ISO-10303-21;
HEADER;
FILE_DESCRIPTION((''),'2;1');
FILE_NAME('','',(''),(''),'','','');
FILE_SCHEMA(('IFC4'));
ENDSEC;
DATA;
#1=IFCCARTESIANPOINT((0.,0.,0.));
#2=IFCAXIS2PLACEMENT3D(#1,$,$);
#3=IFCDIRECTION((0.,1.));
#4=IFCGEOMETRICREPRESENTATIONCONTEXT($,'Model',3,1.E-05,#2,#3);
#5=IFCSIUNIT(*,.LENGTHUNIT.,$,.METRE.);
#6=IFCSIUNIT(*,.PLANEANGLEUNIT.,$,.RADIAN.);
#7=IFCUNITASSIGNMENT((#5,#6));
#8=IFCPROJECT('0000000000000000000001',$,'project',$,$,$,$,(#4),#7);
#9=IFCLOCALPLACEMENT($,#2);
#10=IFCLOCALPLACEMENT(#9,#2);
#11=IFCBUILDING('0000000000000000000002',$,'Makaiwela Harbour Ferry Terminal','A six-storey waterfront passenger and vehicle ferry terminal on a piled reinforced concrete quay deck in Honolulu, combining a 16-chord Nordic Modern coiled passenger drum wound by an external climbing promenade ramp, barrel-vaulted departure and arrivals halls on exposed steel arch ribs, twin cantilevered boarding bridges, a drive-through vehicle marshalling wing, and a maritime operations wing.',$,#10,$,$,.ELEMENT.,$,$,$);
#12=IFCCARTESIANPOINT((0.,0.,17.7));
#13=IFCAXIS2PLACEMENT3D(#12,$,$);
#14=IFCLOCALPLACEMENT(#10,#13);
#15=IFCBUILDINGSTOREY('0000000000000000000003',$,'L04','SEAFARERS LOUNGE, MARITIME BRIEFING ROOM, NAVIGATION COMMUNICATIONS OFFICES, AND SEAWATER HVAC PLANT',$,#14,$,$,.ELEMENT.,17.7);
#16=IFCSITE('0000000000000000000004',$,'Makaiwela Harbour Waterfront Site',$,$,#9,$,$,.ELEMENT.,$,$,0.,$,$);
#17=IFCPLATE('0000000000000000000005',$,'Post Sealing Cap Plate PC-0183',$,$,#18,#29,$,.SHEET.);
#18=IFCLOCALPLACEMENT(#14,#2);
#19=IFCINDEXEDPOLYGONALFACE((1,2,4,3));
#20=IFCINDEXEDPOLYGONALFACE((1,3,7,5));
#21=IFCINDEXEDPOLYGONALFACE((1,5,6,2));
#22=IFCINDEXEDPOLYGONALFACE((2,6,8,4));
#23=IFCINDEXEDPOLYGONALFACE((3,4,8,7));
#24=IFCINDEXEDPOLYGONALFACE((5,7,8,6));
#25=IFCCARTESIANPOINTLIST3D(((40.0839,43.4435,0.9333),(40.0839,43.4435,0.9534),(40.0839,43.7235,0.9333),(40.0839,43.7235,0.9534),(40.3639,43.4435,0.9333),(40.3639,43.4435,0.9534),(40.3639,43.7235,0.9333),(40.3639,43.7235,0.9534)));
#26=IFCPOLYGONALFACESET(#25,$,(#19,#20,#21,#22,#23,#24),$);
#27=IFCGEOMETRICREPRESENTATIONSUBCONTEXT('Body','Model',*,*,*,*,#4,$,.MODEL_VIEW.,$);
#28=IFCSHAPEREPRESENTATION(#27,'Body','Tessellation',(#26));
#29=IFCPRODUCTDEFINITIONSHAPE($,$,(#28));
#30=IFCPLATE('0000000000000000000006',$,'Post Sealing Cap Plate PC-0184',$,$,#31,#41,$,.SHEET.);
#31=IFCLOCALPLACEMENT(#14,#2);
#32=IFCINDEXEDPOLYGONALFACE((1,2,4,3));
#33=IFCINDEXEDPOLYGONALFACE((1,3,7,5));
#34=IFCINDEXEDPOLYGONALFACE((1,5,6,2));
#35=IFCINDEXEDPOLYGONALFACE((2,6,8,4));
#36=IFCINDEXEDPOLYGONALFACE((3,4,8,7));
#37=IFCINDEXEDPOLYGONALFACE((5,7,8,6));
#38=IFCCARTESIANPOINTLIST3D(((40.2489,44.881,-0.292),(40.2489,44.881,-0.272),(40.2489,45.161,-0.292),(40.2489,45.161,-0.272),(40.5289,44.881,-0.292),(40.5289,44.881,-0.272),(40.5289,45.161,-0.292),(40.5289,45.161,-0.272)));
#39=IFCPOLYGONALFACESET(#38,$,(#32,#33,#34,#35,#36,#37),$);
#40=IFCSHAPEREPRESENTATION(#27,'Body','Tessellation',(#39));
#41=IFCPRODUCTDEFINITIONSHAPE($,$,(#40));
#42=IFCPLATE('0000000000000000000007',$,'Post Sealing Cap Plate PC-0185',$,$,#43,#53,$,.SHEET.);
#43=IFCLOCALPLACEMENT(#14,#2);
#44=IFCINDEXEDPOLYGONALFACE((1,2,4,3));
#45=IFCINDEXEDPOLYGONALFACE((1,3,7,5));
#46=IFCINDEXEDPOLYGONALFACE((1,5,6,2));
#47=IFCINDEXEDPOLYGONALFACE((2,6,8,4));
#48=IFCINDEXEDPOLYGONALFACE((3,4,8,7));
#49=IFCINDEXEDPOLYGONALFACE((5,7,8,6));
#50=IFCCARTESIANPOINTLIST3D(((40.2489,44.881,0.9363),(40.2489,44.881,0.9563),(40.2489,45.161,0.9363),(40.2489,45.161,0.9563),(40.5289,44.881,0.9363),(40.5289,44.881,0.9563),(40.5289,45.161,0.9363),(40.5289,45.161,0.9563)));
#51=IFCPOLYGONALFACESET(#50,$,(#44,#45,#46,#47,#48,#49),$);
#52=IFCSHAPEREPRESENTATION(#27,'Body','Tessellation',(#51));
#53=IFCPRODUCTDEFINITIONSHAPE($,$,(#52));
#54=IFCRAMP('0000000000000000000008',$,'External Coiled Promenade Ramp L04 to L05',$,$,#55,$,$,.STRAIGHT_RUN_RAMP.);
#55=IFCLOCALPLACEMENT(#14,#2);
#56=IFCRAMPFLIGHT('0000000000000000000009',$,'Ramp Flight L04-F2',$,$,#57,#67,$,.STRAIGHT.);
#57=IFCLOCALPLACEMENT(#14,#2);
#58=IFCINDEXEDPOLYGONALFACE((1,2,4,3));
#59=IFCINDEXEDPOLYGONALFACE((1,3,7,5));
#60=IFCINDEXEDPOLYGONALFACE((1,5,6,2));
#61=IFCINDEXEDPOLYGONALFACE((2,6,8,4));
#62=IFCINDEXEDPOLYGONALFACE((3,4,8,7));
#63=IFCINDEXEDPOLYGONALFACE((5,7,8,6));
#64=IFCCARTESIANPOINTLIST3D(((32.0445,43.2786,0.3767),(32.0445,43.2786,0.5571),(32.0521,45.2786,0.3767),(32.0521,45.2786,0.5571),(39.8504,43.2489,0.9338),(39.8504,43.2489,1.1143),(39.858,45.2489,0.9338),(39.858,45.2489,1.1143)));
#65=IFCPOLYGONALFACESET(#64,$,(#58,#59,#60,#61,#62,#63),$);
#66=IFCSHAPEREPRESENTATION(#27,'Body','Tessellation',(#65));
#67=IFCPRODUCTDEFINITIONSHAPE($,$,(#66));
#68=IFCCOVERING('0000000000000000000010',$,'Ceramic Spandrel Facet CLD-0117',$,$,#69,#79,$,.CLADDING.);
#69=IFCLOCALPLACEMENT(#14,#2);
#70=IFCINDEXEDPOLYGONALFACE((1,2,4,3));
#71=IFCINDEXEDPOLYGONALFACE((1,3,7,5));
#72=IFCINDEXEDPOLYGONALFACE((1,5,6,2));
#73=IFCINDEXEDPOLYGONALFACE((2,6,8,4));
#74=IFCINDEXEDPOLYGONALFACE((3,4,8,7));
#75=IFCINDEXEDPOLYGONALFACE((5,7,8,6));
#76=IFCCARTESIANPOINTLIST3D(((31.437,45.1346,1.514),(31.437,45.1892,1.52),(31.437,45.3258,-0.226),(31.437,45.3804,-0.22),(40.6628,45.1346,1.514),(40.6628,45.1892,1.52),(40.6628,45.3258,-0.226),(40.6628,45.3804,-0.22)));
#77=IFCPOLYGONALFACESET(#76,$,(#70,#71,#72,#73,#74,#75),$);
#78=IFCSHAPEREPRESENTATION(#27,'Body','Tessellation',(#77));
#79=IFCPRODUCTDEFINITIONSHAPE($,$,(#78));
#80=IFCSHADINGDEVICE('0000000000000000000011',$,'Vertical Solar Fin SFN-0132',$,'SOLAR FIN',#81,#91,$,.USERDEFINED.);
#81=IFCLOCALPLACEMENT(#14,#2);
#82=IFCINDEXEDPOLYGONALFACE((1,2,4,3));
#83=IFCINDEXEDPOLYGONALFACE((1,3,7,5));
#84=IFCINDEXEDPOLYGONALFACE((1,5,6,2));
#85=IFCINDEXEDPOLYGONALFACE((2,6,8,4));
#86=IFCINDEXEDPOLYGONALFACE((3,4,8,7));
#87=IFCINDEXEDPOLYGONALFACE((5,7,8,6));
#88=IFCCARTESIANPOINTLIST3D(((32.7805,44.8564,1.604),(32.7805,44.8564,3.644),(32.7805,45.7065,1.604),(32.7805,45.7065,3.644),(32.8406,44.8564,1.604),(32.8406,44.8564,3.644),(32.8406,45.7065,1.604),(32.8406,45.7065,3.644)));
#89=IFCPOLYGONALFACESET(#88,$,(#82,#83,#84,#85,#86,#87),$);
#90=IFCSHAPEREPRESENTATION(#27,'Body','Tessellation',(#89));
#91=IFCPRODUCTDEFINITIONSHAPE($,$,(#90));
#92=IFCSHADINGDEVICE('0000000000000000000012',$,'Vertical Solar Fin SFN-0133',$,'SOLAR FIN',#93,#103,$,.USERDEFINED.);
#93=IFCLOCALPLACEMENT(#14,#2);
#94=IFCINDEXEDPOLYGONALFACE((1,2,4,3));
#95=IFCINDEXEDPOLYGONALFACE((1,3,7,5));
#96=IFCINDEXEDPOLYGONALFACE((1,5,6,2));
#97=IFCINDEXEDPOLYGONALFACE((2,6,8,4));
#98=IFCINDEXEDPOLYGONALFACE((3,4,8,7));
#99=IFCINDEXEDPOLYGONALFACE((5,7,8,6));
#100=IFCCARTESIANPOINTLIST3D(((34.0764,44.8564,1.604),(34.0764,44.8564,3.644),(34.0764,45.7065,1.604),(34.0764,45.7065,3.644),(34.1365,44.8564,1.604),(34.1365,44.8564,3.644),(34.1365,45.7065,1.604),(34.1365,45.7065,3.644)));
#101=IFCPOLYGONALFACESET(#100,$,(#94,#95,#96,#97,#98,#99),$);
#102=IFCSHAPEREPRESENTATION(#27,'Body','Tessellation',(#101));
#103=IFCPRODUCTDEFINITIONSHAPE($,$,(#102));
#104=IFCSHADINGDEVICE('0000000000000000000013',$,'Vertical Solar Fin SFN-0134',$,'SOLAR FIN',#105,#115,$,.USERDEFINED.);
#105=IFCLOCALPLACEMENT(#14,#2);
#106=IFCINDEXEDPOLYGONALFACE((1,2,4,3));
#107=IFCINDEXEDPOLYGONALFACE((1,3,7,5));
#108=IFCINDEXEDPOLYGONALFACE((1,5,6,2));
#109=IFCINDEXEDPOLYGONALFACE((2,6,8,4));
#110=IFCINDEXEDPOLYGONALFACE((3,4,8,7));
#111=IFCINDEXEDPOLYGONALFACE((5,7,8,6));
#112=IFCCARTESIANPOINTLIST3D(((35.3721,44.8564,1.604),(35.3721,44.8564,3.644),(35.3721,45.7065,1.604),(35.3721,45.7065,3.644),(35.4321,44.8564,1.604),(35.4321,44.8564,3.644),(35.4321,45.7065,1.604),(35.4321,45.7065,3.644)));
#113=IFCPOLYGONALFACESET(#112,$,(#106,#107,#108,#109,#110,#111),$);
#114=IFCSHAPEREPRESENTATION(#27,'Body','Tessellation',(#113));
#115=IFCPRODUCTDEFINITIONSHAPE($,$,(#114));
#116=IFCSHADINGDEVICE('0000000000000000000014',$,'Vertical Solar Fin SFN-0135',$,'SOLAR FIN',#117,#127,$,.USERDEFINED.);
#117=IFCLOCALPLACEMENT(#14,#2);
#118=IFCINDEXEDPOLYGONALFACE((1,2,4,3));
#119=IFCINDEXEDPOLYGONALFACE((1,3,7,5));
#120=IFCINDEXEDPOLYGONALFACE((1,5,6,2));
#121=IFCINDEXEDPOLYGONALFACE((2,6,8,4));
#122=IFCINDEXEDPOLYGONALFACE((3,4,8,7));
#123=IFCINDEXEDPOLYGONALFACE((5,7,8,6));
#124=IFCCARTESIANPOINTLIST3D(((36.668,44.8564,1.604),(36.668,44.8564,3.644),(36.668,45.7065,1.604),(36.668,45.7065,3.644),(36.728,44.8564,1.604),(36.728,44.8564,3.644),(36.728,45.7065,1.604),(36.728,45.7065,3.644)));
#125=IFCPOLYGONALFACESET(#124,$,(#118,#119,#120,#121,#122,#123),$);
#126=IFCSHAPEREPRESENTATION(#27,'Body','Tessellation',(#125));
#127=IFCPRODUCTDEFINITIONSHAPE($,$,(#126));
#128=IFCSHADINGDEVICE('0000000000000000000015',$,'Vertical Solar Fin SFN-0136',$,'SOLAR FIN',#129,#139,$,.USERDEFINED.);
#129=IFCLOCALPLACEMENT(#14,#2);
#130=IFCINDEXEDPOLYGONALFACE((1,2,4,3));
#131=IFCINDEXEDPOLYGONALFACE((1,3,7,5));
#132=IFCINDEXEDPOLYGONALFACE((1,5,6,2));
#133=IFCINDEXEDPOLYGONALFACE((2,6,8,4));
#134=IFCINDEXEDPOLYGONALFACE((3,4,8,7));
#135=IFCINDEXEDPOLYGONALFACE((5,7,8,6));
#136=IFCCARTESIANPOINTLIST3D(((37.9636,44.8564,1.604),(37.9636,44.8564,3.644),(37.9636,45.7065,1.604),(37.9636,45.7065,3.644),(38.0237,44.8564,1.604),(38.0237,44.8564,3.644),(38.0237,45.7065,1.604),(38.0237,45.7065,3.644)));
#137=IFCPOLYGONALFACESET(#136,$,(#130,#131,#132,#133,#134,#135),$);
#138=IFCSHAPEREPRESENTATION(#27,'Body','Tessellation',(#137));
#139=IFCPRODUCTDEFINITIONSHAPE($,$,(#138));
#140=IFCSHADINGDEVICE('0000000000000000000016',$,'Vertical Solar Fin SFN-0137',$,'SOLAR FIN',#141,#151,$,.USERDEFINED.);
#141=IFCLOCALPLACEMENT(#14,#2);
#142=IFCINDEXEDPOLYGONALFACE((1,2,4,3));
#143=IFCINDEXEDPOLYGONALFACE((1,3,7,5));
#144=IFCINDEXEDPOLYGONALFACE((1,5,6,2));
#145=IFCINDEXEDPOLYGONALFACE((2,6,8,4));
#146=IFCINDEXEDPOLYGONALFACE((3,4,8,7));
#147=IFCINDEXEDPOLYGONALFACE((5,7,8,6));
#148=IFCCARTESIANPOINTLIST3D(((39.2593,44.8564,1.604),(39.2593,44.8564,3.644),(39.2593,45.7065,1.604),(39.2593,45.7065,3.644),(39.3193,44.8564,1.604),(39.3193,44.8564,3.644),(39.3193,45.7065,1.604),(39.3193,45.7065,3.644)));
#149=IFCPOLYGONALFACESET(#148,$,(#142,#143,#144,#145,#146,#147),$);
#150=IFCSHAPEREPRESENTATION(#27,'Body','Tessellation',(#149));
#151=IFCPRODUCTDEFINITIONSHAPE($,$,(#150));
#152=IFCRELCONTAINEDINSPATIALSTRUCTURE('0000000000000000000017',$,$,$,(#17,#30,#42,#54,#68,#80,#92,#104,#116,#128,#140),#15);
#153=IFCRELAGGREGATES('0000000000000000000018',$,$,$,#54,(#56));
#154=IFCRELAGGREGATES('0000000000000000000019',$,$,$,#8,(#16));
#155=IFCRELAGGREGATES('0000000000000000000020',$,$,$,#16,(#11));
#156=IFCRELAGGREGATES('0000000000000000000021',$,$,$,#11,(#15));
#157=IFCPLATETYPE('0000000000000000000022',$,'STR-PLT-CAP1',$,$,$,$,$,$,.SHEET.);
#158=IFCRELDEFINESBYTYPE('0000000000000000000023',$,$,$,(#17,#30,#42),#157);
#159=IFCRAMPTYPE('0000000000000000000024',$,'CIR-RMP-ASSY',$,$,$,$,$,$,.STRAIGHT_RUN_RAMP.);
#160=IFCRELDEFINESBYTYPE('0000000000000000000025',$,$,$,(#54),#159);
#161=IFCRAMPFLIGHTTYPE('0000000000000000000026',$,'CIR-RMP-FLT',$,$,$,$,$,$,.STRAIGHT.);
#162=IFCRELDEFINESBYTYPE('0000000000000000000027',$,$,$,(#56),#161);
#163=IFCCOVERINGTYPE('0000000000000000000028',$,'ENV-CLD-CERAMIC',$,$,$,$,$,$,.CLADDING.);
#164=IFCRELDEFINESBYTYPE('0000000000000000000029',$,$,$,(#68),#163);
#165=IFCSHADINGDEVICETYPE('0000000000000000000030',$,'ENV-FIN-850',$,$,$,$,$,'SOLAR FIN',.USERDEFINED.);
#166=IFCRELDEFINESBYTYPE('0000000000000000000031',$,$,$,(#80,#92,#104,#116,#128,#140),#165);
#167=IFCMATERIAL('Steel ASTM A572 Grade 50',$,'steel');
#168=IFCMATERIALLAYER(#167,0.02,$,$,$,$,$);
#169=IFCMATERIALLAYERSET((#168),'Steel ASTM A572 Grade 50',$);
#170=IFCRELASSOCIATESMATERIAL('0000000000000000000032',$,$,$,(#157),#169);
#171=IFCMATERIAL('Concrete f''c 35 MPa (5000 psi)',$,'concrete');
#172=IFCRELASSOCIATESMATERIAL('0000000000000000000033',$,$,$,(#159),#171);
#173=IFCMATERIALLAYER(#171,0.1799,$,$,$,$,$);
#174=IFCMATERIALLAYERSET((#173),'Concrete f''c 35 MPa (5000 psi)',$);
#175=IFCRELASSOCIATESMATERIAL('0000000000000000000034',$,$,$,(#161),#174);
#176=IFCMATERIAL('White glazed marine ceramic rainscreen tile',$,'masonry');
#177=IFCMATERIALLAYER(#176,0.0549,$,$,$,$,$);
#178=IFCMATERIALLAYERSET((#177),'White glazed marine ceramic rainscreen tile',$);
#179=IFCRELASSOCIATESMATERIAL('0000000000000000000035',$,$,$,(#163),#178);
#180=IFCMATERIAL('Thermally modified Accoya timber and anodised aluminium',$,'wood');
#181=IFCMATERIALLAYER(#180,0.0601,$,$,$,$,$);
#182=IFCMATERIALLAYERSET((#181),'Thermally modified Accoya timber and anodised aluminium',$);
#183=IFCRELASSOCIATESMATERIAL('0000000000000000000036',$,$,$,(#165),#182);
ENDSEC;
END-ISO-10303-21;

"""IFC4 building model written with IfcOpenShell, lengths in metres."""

from ifc_helpers import new_model, si_unit, direction, frame, origin, origin_2d, place, context, subcontext, project, spatial, polyline, rectangle, outline, extrude, material, layer, layer_set, type_object, element, aggregate, save


model = new_model("IFC4")

# Units and contexts
model_context = context("Model", 3, precision=1e-05, world=origin(), true_north=direction((0.0, 1.0)))
body_context = subcontext(model_context, "Body", "Model", "MODEL_VIEW")
ifc_project = project(units=[si_unit("LENGTHUNIT", "METRE"), si_unit("PLANEANGLEUNIT", "RADIAN")], contexts=[model_context])

# Site, building, storey
site_placement = place(None, origin())
site = spatial("IfcSite", under=ifc_project, at=site_placement, Name="Makaiwela Harbour Waterfront Site", CompositionType="ELEMENT", RefElevation=0.0)
building_placement = place(site_placement, origin())
building = spatial("IfcBuilding", under=site, at=building_placement, Name="Makaiwela Harbour Ferry Terminal", Description="A six-storey waterfront passenger and vehicle ferry terminal on a piled reinforced concrete quay deck in Honolulu, combining a 16-chord Nordic Modern coiled passenger drum wound by an external climbing promenade ramp, barrel-vaulted departure and arrivals halls on exposed steel arch ribs, twin cantilevered boarding bridges, a drive-through vehicle marshalling wing, and a maritime operations wing.", CompositionType="ELEMENT")
storey_placement = place(building_placement, frame((0.0, 0.0, 17.7)))
storey = spatial("IfcBuildingStorey", under=building, at=storey_placement, Name="L04", Description="SEAFARERS LOUNGE, MARITIME BRIEFING ROOM, NAVIGATION COMMUNICATIONS OFFICES, AND SEAWATER HVAC PLANT", CompositionType="ELEMENT", Elevation=17.7)

# Plates
ifc_material_1 = material(Name="Steel ASTM A572 Grade 50", Category="steel")
ifc_layer_1 = layer(ifc_material_1, 0.02)
ifc_layer_set_1 = layer_set([ifc_layer_1], Name="Steel ASTM A572 Grade 50")
plate_type = type_object("IfcPlateType", Name="STR-PLT-CAP1", PredefinedType="SHEET", material=ifc_layer_set_1)
for number, where, z_axis, x_axis, name in (
    (1, (40.2239, 43.5835, 0.9333), (0.0, 0.0, 1.0), (1.0, 0.0, 0.0), "Post Sealing Cap Plate PC-0183"),
    (2, (40.3889, 45.021, -0.292), (0.0, 0.0, 1.0), (1.0, 0.0, 0.0), "Post Sealing Cap Plate PC-0184"),
    (3, (40.3889, 45.021, 0.9363), (0.0, 0.0, 1.0), (1.0, 0.0, 0.0), "Post Sealing Cap Plate PC-0185"),
):
    element("IfcPlate", number, at=place(storey_placement, frame(where, z_axis=z_axis, x_axis=x_axis)), inside=storey, type_object=plate_type, Name=name, PredefinedType="SHEET", context=body_context, shape_type="SweptSolid", body=[
        extrude(rectangle(XDim=0.28, YDim=0.28, at=origin_2d()), origin(), (0.0, 0.0, 1.0), 0.02),
    ])

# Ramp, ramp flight
ifc_material_2 = material(Name="Concrete f'c 35 MPa (5000 psi)", Category="concrete")
ramp_type = type_object("IfcRampType", Name="CIR-RMP-ASSY", PredefinedType="STRAIGHT_RUN_RAMP", material=ifc_material_2)
ramp_placement = place(storey_placement, origin())
ramp = element("IfcRamp", 4, at=ramp_placement, inside=storey, type_object=ramp_type, Name="External Coiled Promenade Ramp L04 to L05", PredefinedType="STRAIGHT_RUN_RAMP")
ifc_layer_2 = layer(ifc_material_2, 0.1799)
ifc_layer_set_2 = layer_set([ifc_layer_2], Name="Concrete f'c 35 MPa (5000 psi)")
ramp_flight_type = type_object("IfcRampFlightType", Name="CIR-RMP-FLT", PredefinedType="STRAIGHT", material=ifc_layer_set_2)
ramp_flight_placement = place(storey_placement, frame((32.0483, 44.2786, 0.5571), z_axis=(0.0, 0.0, 1.0), x_axis=(0.999993, -0.003805, 0.0)))
ramp_flight = element("IfcRampFlight", 5, at=ramp_flight_placement, type_object=ramp_flight_type, Name="Ramp Flight L04-F2", PredefinedType="STRAIGHT", context=body_context, shape_type="SweptSolid", body=[
    extrude(outline(polyline([(0.0, 0.0), (7.8059, 0.5571), (7.8059, 0.3767), (0.0, -0.1804), (0.0, 0.0)])), frame((0.0, 1.0, 0.0), z_axis=(0.0, -1.0, 0.0), x_axis=(1.0, 0.0, 0.0)), (0.0, 0.0, 1.0), 2.0),
])
aggregate(ramp, [ramp_flight])

# Covering
ifc_material_3 = material(Name="White glazed marine ceramic rainscreen tile", Category="masonry")
ifc_layer_3 = layer(ifc_material_3, 0.0549)
ifc_layer_set_3 = layer_set([ifc_layer_3], Name="White glazed marine ceramic rainscreen tile")
covering_type = type_object("IfcCoveringType", Name="ENV-CLD-CERAMIC", PredefinedType="CLADDING", material=ifc_layer_set_3)
covering_placement = place(storey_placement, frame((31.437, 45.3804, -0.22), z_axis=(0.0, 0.994019, 0.109207), x_axis=(1.0, 0.0, 0.0)))
element("IfcCovering", 6, at=covering_placement, inside=storey, type_object=covering_type, Name="Ceramic Spandrel Facet CLD-0117", PredefinedType="CLADDING", context=body_context, shape_type="SweptSolid", body=[
    extrude(outline(polyline([(0.0, 0.0), (9.2258, 0.0), (9.2258, -1.7505), (0.0, -1.7505), (0.0, 0.0)])), origin(), (0.0, 0.0, -1.0), 0.0549),
])

# Shading devices
ifc_material_4 = material(Name="Thermally modified Accoya timber and anodised aluminium", Category="wood")
ifc_layer_4 = layer(ifc_material_4, 0.0601)
ifc_layer_set_4 = layer_set([ifc_layer_4], Name="Thermally modified Accoya timber and anodised aluminium")
shading_device_type = type_object("IfcShadingDeviceType", Name="ENV-FIN-850", ElementType="SOLAR FIN", PredefinedType="USERDEFINED", material=ifc_layer_set_4)
for number, where, z_axis, x_axis, name in (
    (7, (32.8105, 45.2815, 1.604), (0.0, 0.0, 1.0), (0.0, -1.0, 0.0), "Vertical Solar Fin SFN-0132"),
    (8, (34.1064, 45.2815, 1.604), (0.0, 0.0, 1.0), (0.0, -1.0, 0.0), "Vertical Solar Fin SFN-0133"),
    (9, (35.4021, 45.2815, 1.604), (0.0, 0.0, 1.0), (0.0, -1.0, 0.0), "Vertical Solar Fin SFN-0134"),
    (10, (36.698, 45.2815, 1.604), (0.0, 0.0, 1.0), (0.0, -1.0, 0.0), "Vertical Solar Fin SFN-0135"),
    (11, (37.9937, 45.2815, 1.604), (0.0, 0.0, 1.0), (0.0, -1.0, 0.0), "Vertical Solar Fin SFN-0136"),
    (12, (39.2893, 45.2815, 1.604), (0.0, 0.0, 1.0), (0.0, -1.0, 0.0), "Vertical Solar Fin SFN-0137"),
):
    element("IfcShadingDevice", number, at=place(storey_placement, frame(where, z_axis=z_axis, x_axis=x_axis)), inside=storey, type_object=shading_device_type, Name=name, ObjectType="SOLAR FIN", PredefinedType="USERDEFINED", context=body_context, shape_type="SweptSolid", body=[
        extrude(rectangle(XDim=0.8501, YDim=0.0601, at=origin_2d()), origin(), (0.0, 0.0, 1.0), 2.04),
    ])

save(model, "model.ifc")
